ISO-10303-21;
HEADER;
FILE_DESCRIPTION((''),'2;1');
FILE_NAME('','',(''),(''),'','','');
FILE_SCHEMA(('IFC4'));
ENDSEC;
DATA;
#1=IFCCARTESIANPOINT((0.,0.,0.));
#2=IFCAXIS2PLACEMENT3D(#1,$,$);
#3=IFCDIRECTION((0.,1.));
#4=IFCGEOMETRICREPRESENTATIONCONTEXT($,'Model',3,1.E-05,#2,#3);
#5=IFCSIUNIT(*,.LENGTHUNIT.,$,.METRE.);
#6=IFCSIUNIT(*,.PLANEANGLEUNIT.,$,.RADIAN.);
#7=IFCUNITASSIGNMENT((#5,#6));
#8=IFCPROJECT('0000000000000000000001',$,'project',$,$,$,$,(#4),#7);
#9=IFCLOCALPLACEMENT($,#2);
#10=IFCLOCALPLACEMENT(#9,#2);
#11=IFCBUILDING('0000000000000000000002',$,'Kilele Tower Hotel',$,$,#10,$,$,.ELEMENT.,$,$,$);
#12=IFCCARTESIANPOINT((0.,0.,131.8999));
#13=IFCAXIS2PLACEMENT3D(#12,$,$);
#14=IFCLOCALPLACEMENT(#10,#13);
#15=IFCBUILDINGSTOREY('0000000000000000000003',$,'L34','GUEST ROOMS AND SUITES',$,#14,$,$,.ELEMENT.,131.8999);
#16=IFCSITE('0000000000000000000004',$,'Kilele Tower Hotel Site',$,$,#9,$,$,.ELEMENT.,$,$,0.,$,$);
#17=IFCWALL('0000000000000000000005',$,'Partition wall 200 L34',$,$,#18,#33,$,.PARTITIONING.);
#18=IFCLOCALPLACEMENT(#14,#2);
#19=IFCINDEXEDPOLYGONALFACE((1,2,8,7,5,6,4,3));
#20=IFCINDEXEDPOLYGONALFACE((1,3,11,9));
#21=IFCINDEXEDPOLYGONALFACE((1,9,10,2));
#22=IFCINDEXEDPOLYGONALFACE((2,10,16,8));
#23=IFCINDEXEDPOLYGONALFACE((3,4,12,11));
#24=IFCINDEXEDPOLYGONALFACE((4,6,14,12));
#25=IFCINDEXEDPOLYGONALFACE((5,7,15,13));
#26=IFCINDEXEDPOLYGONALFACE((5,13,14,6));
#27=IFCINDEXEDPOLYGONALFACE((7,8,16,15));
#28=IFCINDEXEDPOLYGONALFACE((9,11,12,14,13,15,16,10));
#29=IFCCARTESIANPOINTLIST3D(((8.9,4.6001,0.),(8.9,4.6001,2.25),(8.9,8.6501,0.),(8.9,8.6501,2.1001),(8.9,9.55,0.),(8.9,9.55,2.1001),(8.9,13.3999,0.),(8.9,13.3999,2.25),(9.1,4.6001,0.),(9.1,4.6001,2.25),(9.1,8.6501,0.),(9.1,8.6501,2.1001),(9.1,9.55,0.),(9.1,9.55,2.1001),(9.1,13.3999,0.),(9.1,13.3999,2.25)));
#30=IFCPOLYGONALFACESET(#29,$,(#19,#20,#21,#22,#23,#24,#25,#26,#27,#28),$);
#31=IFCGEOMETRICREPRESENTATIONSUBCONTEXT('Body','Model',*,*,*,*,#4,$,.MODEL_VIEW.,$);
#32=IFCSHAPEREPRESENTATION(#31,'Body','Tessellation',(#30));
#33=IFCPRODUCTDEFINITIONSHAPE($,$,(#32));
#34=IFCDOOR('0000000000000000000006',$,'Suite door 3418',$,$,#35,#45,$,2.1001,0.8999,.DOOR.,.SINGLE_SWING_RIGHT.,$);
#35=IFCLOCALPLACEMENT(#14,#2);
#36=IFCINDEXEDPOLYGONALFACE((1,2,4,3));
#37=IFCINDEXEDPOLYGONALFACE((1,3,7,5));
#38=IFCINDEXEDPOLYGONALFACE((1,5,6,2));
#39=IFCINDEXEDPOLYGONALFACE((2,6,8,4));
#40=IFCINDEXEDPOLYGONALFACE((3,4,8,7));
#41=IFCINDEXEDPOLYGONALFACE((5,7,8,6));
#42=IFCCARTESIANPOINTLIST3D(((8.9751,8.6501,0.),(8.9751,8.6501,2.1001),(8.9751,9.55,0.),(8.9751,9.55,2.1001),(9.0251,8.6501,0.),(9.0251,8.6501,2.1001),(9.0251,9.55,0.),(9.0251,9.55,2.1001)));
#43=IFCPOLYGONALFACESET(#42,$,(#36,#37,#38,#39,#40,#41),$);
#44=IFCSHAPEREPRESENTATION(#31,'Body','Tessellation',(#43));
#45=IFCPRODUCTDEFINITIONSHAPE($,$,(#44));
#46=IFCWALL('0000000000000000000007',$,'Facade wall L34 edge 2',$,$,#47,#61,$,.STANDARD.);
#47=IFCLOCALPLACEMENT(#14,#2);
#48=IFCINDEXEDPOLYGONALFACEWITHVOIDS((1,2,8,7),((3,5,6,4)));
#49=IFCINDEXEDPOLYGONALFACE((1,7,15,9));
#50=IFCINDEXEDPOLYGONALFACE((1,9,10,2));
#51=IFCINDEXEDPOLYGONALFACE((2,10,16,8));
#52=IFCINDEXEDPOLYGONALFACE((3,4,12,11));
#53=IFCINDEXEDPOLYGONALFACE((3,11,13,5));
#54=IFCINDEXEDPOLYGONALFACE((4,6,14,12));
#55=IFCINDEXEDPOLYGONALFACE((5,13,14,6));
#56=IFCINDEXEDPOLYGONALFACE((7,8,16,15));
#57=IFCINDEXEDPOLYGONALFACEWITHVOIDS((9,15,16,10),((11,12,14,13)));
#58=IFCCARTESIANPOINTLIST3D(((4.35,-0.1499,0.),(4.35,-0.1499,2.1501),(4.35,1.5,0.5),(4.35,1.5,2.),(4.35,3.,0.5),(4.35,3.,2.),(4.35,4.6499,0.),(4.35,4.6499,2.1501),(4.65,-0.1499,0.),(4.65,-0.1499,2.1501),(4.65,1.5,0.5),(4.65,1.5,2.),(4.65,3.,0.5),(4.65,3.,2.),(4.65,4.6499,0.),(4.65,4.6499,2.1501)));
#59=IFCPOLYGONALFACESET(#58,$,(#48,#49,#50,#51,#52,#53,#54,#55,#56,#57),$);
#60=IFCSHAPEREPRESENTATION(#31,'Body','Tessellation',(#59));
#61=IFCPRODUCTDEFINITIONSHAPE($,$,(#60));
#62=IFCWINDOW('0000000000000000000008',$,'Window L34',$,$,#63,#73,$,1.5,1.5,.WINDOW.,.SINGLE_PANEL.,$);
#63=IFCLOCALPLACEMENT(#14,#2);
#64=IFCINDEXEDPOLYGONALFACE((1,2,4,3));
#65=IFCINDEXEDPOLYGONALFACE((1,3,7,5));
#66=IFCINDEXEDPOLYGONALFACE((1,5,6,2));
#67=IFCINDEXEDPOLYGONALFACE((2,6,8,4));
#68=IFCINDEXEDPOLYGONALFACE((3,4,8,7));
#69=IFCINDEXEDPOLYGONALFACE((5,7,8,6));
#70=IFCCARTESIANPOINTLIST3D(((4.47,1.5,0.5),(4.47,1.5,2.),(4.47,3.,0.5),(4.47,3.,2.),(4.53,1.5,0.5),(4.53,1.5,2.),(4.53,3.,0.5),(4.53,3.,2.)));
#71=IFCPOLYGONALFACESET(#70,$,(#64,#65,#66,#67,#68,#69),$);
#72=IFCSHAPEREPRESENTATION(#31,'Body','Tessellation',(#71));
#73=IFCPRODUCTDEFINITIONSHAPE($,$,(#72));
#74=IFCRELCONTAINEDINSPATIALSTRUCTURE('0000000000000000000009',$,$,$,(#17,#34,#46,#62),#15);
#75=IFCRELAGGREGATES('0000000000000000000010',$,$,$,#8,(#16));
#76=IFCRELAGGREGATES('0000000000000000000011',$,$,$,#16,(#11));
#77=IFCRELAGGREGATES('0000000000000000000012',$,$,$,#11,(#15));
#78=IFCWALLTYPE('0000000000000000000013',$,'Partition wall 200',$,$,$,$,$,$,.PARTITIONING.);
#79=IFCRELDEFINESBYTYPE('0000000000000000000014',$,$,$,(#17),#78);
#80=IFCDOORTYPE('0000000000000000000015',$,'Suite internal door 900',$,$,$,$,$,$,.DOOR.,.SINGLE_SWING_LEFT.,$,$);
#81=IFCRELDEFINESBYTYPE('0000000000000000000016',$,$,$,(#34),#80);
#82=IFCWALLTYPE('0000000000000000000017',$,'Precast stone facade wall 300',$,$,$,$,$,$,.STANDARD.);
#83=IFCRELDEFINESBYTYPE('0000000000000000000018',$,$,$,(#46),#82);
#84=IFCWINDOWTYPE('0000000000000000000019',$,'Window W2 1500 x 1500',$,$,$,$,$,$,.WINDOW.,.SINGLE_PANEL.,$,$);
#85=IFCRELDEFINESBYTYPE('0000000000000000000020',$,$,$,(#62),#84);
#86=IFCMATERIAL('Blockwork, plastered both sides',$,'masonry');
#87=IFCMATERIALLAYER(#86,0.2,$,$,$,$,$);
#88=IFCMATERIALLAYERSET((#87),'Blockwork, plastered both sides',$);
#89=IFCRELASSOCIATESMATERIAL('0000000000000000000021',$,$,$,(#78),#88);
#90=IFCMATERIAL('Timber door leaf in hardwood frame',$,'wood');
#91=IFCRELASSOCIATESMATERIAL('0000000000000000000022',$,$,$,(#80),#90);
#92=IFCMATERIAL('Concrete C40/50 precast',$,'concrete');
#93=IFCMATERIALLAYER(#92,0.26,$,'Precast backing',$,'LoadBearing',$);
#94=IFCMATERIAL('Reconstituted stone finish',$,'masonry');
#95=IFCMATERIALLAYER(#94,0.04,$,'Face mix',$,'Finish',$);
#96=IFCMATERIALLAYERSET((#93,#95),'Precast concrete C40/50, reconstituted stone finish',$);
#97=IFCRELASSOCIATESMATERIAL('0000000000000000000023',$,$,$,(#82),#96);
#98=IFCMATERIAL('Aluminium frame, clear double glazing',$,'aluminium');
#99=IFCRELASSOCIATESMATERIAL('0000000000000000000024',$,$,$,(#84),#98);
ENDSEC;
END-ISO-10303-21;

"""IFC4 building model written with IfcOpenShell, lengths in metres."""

from ifc_helpers import new_model, si_unit, direction, frame, frame_2d, origin, place, context, subcontext, project, spatial, rectangle, extrude, material, layer, layer_set, type_object, element, fill, save


model = new_model("IFC4")

# Units and contexts
model_context = context("Model", 3, precision=1e-05, world=origin(), true_north=direction((0.0, 1.0)))
body_context = subcontext(model_context, "Body", "Model", "MODEL_VIEW")
ifc_project = project(units=[si_unit("LENGTHUNIT", "METRE"), si_unit("PLANEANGLEUNIT", "RADIAN")], contexts=[model_context])

# Site, building, storey
site_placement = place(None, origin())
site = spatial("IfcSite", under=ifc_project, at=site_placement, Name="Kilele Tower Hotel Site", CompositionType="ELEMENT", RefElevation=0.0)
building_placement = place(site_placement, origin())
building = spatial("IfcBuilding", under=site, at=building_placement, Name="Kilele Tower Hotel", CompositionType="ELEMENT")
storey_placement = place(building_placement, frame((0.0, 0.0, 131.8999)))
storey = spatial("IfcBuildingStorey", under=building, at=storey_placement, Name="L34", Description="GUEST ROOMS AND SUITES", CompositionType="ELEMENT", Elevation=131.8999)

# Wall, opening, door
ifc_material_1 = material(Name="Blockwork, plastered both sides", Category="masonry")
ifc_layer_1 = layer(ifc_material_1, 0.2)
ifc_layer_set_1 = layer_set([ifc_layer_1], Name="Blockwork, plastered both sides")
wall_type_1 = type_object("IfcWallType", Name="Partition wall 200", PredefinedType="PARTITIONING", material=ifc_layer_set_1)
wall_1_placement = place(storey_placement, frame((9.0, 4.6001, 0.0), z_axis=(0.0, 0.0, 1.0), x_axis=(0.0, 1.0, 0.0)))
wall_1 = element("IfcWall", 1, at=wall_1_placement, inside=storey, type_object=wall_type_1, Name="Partition wall 200 L34", PredefinedType="PARTITIONING", context=body_context, shape_type="SweptSolid", body=[
    extrude(rectangle(XDim=8.7998, YDim=0.2, at=frame_2d((4.3999, 0.0))), origin(), (0.0, 0.0, 1.0), 2.25),
])
opening_1_placement = place(wall_1_placement, frame((4.05, 0.0, 0.0)))
opening_1 = element("IfcOpeningElement", 2, at=opening_1_placement, cuts=wall_1, PredefinedType="OPENING", context=body_context, shape_type="SweptSolid", body=[
    extrude(rectangle(XDim=0.8999, YDim=2.1001, at=frame_2d((0.45, 1.05))), frame((0.0, 0.1099, 0.0), z_axis=(0.0, -1.0, 0.0), x_axis=(1.0, 0.0, 0.0)), (0.0, 0.0, 1.0), 0.22),
])
ifc_material_2 = material(Name="Timber door leaf in hardwood frame", Category="wood")
door_type = type_object("IfcDoorType", Name="Suite internal door 900", OperationType="SINGLE_SWING_LEFT", PredefinedType="DOOR", material=ifc_material_2)
door_placement = place(opening_1_placement, origin())
door = element("IfcDoor", 3, at=door_placement, inside=storey, type_object=door_type, Name="Suite door 3418", OperationType="SINGLE_SWING_RIGHT", OverallHeight=2.1001, OverallWidth=0.8999, PredefinedType="DOOR", context=body_context, shape_type="SweptSolid", body=[
    extrude(rectangle(XDim=0.8999, YDim=2.1001, at=frame_2d((0.45, 1.05))), frame((0.0, 0.0249, 0.0), z_axis=(0.0, -1.0, 0.0), x_axis=(1.0, 0.0, 0.0)), (0.0, 0.0, 1.0), 0.05),
])
fill(opening_1, door)

# Wall, opening, window
ifc_material_3 = material(Name="Concrete C40/50 precast", Category="concrete")
ifc_layer_2 = layer(ifc_material_3, 0.26, Name="Precast backing", Category="LoadBearing")
ifc_material_4 = material(Name="Reconstituted stone finish", Category="masonry")
ifc_layer_3 = layer(ifc_material_4, 0.04, Name="Face mix", Category="Finish")
ifc_layer_set_2 = layer_set([ifc_layer_2, ifc_layer_3], Name="Precast concrete C40/50, reconstituted stone finish")
wall_type_2 = type_object("IfcWallType", Name="Precast stone facade wall 300", PredefinedType="STANDARD", material=ifc_layer_set_2)
wall_2_placement = place(storey_placement, frame((4.5, 4.6499, 0.0), z_axis=(0.0, 0.0, 1.0), x_axis=(0.0, -1.0, 0.0)))
wall_2 = element("IfcWall", 4, at=wall_2_placement, inside=storey, type_object=wall_type_2, Name="Facade wall L34 edge 2", PredefinedType="STANDARD", context=body_context, shape_type="SweptSolid", body=[
    extrude(rectangle(XDim=4.7998, YDim=0.3, at=frame_2d((2.3999, 0.0))), origin(), (0.0, 0.0, 1.0), 2.1501),
])
opening_2_placement = place(wall_2_placement, frame((1.6499, 0.0, 0.5)))
opening_2 = element("IfcOpeningElement", 5, at=opening_2_placement, cuts=wall_2, PredefinedType="OPENING", context=body_context, shape_type="SweptSolid", body=[
    extrude(rectangle(XDim=1.5, YDim=1.5, at=frame_2d((0.75, 0.75))), frame((0.0, 0.1599, 0.0), z_axis=(0.0, -1.0, 0.0), x_axis=(1.0, 0.0, 0.0)), (0.0, 0.0, 1.0), 0.3201),
])
ifc_material_5 = material(Name="Aluminium frame, clear double glazing", Category="aluminium")
window_type = type_object("IfcWindowType", Name="Window W2 1500 x 1500", PartitioningType="SINGLE_PANEL", PredefinedType="WINDOW", material=ifc_material_5)
window_placement = place(opening_2_placement, origin())
window = element("IfcWindow", 6, at=window_placement, inside=storey, type_object=window_type, Name="Window L34", OverallHeight=1.5, OverallWidth=1.5, PartitioningType="SINGLE_PANEL", PredefinedType="WINDOW", context=body_context, shape_type="SweptSolid", body=[
    extrude(rectangle(XDim=1.5, YDim=1.5, at=frame_2d((0.75, 0.75))), frame((0.0, 0.03, 0.0), z_axis=(0.0, -1.0, 0.0), x_axis=(1.0, 0.0, 0.0)), (0.0, 0.0, 1.0), 0.0601),
])
fill(opening_2, window)

save(model, "model.ifc")
